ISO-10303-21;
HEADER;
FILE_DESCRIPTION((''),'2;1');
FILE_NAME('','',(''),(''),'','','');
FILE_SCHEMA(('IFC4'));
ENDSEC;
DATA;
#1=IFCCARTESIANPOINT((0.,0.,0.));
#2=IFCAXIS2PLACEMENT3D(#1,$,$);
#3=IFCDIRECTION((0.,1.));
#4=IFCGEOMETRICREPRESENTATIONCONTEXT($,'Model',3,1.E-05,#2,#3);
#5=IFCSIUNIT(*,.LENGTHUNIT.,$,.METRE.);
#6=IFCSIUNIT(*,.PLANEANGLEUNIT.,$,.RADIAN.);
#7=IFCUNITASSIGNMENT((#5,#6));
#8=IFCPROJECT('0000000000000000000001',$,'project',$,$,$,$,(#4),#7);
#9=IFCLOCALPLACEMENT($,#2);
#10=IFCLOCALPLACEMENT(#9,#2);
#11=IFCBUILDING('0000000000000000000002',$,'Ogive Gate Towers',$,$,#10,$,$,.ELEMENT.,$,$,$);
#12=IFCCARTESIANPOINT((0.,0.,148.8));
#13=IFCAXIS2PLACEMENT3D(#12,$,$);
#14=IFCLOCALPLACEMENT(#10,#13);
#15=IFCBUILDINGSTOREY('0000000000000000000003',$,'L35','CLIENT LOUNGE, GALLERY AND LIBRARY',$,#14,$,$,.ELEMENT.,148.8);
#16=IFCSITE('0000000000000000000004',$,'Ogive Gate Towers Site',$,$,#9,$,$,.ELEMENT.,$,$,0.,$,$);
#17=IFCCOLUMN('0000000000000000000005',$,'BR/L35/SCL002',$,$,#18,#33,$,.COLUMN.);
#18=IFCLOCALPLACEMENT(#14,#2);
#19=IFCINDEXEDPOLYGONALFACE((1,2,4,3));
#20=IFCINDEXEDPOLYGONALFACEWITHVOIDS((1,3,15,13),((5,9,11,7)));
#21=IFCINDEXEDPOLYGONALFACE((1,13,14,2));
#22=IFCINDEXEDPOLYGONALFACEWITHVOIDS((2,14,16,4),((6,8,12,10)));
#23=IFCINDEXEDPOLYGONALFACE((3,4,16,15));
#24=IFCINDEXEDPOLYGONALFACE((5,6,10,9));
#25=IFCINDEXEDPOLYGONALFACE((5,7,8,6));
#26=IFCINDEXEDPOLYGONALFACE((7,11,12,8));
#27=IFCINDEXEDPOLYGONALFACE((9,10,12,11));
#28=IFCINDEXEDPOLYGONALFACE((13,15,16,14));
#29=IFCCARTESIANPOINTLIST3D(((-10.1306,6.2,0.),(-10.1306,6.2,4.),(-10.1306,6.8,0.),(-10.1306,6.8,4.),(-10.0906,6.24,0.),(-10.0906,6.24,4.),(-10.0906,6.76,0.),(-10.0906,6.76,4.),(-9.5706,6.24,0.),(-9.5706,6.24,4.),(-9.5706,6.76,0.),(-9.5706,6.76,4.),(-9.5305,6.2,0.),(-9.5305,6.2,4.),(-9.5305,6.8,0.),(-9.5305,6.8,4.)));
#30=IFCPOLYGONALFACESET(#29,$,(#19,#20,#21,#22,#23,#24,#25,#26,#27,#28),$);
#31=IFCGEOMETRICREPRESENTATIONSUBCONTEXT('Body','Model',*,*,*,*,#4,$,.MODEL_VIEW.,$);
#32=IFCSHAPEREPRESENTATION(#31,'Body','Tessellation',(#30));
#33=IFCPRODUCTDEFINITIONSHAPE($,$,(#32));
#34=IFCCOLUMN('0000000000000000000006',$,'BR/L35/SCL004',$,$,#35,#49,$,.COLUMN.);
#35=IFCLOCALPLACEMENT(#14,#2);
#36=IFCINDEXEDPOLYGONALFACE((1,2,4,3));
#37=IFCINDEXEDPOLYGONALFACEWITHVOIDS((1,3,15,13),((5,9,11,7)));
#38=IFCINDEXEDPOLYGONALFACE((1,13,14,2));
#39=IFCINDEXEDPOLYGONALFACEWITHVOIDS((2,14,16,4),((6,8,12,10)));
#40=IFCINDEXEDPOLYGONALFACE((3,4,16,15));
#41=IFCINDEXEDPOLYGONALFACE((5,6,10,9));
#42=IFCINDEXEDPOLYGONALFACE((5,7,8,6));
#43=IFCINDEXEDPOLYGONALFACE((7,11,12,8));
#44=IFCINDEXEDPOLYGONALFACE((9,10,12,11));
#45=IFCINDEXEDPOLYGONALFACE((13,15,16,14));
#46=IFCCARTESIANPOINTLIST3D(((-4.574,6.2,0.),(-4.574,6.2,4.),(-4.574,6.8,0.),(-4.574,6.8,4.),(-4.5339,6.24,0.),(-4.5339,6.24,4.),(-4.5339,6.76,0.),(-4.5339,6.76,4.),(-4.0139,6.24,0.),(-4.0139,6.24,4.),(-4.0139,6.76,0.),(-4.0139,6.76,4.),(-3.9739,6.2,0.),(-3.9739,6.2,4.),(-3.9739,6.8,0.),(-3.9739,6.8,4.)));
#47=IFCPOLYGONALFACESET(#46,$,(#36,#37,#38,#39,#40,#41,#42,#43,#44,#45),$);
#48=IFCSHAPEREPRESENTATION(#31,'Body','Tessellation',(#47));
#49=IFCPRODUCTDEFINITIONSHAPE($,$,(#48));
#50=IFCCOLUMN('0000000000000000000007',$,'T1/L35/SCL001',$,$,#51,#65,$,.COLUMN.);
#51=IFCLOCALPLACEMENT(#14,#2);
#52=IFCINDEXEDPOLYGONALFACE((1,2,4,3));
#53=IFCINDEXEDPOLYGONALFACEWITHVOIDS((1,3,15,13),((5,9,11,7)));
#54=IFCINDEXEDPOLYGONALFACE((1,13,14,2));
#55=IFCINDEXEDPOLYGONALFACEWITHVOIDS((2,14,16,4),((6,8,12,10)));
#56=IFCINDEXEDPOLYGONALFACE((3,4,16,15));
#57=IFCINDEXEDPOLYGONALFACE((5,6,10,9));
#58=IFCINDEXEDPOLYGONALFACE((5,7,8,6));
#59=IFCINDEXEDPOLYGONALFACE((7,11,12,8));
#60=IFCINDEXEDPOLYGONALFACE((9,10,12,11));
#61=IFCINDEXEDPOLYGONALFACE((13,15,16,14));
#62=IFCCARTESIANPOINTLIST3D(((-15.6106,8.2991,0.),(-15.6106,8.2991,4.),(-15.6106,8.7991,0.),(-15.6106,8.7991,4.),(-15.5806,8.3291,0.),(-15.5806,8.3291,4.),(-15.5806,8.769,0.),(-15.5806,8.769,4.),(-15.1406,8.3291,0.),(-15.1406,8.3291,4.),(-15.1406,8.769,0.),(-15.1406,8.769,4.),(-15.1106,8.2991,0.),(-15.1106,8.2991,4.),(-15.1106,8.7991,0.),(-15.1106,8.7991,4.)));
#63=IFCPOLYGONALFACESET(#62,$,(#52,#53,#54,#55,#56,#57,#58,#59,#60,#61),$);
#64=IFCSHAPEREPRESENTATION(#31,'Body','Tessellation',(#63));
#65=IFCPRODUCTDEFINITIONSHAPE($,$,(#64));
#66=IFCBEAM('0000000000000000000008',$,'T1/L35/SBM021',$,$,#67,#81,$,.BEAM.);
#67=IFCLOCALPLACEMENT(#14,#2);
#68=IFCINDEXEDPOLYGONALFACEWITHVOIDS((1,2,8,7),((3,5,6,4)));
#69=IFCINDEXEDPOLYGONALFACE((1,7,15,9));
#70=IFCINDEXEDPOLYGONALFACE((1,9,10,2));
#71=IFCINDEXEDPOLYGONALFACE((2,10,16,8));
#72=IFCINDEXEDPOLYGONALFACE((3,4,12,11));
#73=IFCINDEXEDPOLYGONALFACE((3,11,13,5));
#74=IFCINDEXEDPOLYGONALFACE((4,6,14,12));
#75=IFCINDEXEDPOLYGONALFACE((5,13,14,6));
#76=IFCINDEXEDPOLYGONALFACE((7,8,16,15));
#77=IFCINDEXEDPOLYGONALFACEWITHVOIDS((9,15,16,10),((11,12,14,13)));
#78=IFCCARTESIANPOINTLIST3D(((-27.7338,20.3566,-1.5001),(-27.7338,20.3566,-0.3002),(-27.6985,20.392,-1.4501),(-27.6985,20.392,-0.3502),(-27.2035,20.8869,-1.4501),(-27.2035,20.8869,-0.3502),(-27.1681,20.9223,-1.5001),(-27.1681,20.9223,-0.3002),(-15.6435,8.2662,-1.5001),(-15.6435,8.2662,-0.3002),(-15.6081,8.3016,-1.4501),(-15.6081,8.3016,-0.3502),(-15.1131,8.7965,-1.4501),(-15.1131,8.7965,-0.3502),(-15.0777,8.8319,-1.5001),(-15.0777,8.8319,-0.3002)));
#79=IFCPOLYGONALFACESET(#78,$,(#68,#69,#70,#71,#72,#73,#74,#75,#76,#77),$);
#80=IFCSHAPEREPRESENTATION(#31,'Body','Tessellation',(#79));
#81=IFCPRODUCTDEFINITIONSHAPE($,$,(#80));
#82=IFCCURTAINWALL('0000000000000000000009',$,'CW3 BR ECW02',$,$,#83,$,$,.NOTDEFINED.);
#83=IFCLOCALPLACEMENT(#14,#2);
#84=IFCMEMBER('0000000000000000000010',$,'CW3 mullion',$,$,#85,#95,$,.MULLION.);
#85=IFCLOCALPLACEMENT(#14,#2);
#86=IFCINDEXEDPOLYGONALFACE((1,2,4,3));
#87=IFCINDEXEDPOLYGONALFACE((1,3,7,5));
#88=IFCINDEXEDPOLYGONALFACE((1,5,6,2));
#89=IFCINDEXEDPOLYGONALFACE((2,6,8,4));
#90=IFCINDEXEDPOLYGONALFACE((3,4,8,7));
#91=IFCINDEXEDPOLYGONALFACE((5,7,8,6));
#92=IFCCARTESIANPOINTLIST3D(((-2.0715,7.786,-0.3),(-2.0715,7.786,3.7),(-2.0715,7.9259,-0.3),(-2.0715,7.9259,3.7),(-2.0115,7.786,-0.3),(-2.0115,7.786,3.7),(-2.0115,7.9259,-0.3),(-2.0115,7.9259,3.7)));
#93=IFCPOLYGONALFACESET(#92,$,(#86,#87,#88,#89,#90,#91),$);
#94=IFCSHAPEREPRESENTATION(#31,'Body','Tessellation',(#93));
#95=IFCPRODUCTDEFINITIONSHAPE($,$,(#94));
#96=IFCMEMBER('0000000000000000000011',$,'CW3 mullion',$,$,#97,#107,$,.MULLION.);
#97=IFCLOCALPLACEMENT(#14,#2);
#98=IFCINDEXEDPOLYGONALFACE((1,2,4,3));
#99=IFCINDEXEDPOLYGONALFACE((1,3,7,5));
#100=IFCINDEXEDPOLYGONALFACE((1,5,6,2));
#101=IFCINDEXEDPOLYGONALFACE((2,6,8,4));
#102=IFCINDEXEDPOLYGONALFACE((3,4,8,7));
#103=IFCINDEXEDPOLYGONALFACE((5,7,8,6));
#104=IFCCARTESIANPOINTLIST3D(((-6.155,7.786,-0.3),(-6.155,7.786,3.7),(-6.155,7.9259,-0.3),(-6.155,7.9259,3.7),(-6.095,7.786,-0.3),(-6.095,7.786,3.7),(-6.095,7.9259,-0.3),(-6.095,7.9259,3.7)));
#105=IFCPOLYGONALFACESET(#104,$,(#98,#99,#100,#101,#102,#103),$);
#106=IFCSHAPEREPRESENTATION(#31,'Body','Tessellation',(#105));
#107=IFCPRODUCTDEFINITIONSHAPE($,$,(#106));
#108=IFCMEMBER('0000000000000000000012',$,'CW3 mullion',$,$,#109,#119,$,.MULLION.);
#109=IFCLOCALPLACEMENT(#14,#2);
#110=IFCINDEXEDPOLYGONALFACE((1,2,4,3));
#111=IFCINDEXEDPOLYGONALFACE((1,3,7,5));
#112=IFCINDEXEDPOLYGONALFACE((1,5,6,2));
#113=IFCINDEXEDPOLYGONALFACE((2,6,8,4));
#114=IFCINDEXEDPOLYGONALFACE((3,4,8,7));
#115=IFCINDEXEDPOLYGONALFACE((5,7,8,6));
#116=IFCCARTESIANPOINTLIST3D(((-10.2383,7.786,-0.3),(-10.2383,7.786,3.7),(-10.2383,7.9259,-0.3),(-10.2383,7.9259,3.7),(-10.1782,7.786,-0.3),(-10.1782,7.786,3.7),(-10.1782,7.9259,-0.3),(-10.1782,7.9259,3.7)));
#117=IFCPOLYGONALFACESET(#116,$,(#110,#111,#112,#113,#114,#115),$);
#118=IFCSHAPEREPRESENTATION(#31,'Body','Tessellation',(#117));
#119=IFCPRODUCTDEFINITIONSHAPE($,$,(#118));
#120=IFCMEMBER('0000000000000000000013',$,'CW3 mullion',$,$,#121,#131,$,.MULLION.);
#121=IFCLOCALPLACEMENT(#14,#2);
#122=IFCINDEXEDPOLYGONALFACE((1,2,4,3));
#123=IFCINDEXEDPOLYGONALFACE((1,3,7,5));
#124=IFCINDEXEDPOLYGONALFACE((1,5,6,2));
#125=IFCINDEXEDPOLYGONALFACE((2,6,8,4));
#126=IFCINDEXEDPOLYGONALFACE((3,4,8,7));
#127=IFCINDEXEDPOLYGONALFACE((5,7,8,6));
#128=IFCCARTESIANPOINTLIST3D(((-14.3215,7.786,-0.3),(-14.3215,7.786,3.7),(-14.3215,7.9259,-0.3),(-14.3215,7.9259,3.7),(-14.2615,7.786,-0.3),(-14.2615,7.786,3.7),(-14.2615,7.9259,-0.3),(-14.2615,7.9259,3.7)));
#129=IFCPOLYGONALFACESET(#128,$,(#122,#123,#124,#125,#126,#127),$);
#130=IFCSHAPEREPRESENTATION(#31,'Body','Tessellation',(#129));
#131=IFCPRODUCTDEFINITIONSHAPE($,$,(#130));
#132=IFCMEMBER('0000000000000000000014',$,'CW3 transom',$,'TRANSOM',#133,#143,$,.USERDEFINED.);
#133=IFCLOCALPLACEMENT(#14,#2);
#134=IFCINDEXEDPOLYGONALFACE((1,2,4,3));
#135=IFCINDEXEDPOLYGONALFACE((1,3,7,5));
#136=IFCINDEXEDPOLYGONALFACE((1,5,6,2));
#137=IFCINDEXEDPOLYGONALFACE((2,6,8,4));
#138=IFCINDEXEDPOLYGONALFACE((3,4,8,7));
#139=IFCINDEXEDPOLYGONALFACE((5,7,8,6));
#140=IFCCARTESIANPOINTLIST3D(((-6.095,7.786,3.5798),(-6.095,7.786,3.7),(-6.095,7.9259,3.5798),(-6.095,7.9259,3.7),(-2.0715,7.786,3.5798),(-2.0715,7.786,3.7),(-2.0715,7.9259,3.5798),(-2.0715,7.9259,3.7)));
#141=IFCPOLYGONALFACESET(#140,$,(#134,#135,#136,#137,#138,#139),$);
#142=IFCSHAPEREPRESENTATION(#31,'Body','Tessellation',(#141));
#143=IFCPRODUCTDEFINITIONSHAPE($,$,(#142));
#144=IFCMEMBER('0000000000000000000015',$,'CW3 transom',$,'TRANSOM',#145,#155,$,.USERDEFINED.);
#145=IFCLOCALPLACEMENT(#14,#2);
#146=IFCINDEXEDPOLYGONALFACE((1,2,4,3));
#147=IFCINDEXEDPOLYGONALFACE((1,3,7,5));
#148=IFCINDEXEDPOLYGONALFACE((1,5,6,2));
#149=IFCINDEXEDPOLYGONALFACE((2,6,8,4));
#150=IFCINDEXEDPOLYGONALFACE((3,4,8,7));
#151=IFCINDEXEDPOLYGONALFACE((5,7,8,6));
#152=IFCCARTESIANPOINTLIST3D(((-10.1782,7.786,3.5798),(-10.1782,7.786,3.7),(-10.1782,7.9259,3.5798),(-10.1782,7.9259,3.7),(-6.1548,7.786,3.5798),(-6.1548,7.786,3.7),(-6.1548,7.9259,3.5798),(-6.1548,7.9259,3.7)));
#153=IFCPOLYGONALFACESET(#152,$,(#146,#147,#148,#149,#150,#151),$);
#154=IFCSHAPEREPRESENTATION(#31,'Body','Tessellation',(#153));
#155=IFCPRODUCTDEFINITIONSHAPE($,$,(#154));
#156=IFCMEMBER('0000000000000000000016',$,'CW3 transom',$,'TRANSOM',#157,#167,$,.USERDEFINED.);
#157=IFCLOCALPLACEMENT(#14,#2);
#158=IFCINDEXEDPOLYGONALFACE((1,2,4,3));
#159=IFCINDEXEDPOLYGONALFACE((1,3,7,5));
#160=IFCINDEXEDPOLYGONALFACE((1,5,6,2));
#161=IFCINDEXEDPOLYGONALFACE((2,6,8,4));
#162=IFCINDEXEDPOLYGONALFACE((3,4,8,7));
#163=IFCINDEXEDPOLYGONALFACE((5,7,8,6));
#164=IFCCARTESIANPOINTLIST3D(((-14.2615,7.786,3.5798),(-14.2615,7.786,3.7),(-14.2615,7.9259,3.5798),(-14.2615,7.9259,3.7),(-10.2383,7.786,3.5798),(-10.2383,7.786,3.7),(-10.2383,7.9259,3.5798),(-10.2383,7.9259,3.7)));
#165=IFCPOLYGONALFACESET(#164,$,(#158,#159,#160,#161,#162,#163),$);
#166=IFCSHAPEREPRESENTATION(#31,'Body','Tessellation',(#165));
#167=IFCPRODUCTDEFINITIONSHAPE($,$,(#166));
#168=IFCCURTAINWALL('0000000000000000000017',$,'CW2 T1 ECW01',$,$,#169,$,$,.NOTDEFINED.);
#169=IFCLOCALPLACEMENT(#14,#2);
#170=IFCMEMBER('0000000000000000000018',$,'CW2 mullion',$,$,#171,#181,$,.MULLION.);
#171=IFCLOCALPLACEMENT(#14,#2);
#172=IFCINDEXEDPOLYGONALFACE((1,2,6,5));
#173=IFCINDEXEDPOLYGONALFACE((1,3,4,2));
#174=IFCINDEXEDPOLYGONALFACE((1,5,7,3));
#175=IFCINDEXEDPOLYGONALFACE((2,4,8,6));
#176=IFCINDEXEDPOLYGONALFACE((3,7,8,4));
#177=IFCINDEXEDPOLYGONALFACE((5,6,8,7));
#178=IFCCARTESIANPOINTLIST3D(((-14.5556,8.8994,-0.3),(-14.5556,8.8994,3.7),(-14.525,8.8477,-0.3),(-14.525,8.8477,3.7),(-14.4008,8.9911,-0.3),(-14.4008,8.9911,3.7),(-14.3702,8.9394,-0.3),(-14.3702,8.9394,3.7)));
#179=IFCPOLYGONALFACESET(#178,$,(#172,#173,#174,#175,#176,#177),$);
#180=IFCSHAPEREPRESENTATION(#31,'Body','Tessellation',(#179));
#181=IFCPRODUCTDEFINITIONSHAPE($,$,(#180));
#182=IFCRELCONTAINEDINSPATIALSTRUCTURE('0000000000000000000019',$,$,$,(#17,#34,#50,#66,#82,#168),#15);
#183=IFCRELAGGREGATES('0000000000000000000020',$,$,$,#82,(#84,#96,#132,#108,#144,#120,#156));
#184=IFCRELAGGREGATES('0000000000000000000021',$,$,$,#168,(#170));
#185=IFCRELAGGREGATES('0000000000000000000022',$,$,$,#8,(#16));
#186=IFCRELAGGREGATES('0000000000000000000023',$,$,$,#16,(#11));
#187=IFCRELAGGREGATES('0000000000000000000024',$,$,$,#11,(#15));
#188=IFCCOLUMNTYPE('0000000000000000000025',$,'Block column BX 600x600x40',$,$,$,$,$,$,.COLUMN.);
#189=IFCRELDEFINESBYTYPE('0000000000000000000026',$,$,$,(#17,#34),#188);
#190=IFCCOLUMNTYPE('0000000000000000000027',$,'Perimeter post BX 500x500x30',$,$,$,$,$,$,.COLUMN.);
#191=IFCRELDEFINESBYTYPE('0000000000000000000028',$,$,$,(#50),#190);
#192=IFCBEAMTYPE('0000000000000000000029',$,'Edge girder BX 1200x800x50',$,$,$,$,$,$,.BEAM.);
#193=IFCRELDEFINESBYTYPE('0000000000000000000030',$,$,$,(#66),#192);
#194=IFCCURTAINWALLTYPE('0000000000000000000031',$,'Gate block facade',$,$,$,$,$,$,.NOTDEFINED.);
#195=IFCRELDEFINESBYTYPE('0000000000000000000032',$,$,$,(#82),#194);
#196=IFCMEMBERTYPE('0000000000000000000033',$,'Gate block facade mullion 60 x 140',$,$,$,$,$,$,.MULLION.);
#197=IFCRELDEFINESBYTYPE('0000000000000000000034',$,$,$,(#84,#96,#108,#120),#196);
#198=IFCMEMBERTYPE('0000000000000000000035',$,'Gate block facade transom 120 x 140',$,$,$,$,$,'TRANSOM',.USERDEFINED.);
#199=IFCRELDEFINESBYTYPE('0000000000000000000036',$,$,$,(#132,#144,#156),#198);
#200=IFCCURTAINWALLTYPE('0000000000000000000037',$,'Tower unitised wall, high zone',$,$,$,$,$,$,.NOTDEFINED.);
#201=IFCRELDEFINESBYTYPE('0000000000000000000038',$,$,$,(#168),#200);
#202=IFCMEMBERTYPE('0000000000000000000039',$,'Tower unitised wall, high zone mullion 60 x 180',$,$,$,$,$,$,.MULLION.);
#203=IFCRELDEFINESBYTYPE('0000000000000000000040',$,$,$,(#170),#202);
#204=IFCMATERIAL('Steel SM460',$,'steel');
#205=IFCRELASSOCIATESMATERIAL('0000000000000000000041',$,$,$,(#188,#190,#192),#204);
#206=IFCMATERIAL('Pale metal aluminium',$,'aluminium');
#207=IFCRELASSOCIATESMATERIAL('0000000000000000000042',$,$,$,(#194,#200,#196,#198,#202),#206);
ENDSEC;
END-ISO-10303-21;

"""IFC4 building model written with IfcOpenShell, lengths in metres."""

from ifc_helpers import new_model, si_unit, direction, frame, origin, origin_2d, place, context, subcontext, project, spatial, rectangle, hollow_rectangle, extrude, material, material_profile, profile_set, type_object, element, aggregate, save


model = new_model("IFC4")

# Units and contexts
model_context = context("Model", 3, precision=1e-05, world=origin(), true_north=direction((0.0, 1.0)))
body_context = subcontext(model_context, "Body", "Model", "MODEL_VIEW")
ifc_project = project(units=[si_unit("LENGTHUNIT", "METRE"), si_unit("PLANEANGLEUNIT", "RADIAN")], contexts=[model_context])

# Site, building, storey
site_placement = place(None, origin())
site = spatial("IfcSite", under=ifc_project, at=site_placement, Name="Ogive Gate Towers Site", CompositionType="ELEMENT", RefElevation=0.0)
building_placement = place(site_placement, origin())
building = spatial("IfcBuilding", under=site, at=building_placement, Name="Ogive Gate Towers", CompositionType="ELEMENT")
storey_placement = place(building_placement, frame((0.0, 0.0, 148.8)))
storey = spatial("IfcBuildingStorey", under=building, at=storey_placement, Name="L35", Description="CLIENT LOUNGE, GALLERY AND LIBRARY", CompositionType="ELEMENT", Elevation=148.8)

# Columns
ifc_material_1 = material(Name="Steel SM460", Category="steel")
ifc_material_profile_1 = material_profile(ifc_material_1, hollow_rectangle(XDim=0.6001, YDim=0.6001, WallThickness=0.04, at=origin_2d()), Name="BX 600x600x40")
ifc_profile_set_1 = profile_set([ifc_material_profile_1], Name="Steel SM460")
column_type_1 = type_object("IfcColumnType", Name="Block column BX 600x600x40", PredefinedType="COLUMN", material=ifc_profile_set_1)
for number, where, z_axis, x_axis, name in (
    (1, (-9.8306, 6.5, 0.0), (0.0, 0.0, 1.0), (1.0, 0.0, 0.0), "BR/L35/SCL002"),
    (2, (-4.2739, 6.5, 0.0), (0.0, 0.0, 1.0), (1.0, 0.0, 0.0), "BR/L35/SCL004"),
):
    element("IfcColumn", number, at=place(storey_placement, frame(where, z_axis=z_axis, x_axis=x_axis)), inside=storey, type_object=column_type_1, Name=name, PredefinedType="COLUMN", context=body_context, shape_type="SweptSolid", body=[
        extrude(hollow_rectangle(XDim=0.6001, YDim=0.6001, WallThickness=0.04, at=origin_2d()), origin(), (0.0, 0.0, 1.0), 4.0),
    ])
ifc_material_profile_2 = material_profile(ifc_material_1, hollow_rectangle(XDim=0.5, YDim=0.5, WallThickness=0.03, at=origin_2d()), Name="BX 500x500x30")
ifc_profile_set_2 = profile_set([ifc_material_profile_2], Name="Steel SM460")
column_type_2 = type_object("IfcColumnType", Name="Perimeter post BX 500x500x30", PredefinedType="COLUMN", material=ifc_profile_set_2)
column_placement = place(storey_placement, frame((-15.3606, 8.5491, 0.0), z_axis=(0.0, 0.0, 1.0), x_axis=(1.0, 0.0, 0.0)))
element("IfcColumn", 3, at=column_placement, inside=storey, type_object=column_type_2, Name="T1/L35/SCL001", PredefinedType="COLUMN", context=body_context, shape_type="SweptSolid", body=[
    extrude(hollow_rectangle(XDim=0.5, YDim=0.5, WallThickness=0.03, at=origin_2d()), origin(), (0.0, 0.0, 1.0), 4.0),
])

# Beam
ifc_material_profile_3 = material_profile(ifc_material_1, hollow_rectangle(XDim=0.8, YDim=1.2, WallThickness=0.05, at=origin_2d()), Name="BX 1200x800x50")
ifc_profile_set_3 = profile_set([ifc_material_profile_3], Name="Steel SM460")
beam_type = type_object("IfcBeamType", Name="Edge girder BX 1200x800x50", PredefinedType="BEAM", material=ifc_profile_set_3)
beam_placement = place(storey_placement, frame((-15.3606, 8.5491, -0.9001), z_axis=(-0.707107, 0.707107, 0.0), x_axis=(-0.707107, -0.707107, 0.0)))
element("IfcBeam", 4, at=beam_placement, inside=storey, type_object=beam_type, Name="T1/L35/SBM021", PredefinedType="BEAM", context=body_context, shape_type="SweptSolid", body=[
    extrude(hollow_rectangle(XDim=0.8, YDim=1.2, WallThickness=0.05, at=origin_2d()), origin(), (0.0, 0.0, 1.0), 17.0984),
])

# Curtain walls, members
ifc_material_2 = material(Name="Pale metal aluminium", Category="aluminium")
curtain_wall_type_1 = type_object("IfcCurtainWallType", Name="Gate block facade", PredefinedType="NOTDEFINED", material=ifc_material_2)
curtain_wall_1_placement = place(storey_placement, origin())
curtain_wall_1 = element("IfcCurtainWall", 5, at=curtain_wall_1_placement, inside=storey, type_object=curtain_wall_type_1, Name="CW3 BR ECW02", PredefinedType="NOTDEFINED")
ifc_material_profile_4 = material_profile(ifc_material_2, rectangle(XDim=0.1399, YDim=0.0601, at=origin_2d()), Name="60 x 140 aluminium box")
ifc_profile_set_4 = profile_set([ifc_material_profile_4], Name="Pale metal aluminium")
member_type_1 = type_object("IfcMemberType", Name="Gate block facade mullion 60 x 140", PredefinedType="MULLION", material=ifc_profile_set_4)
member_1_placement = place(storey_placement, frame((-2.0415, 7.856, -0.3), z_axis=(0.0, 0.0, 1.0), x_axis=(0.0, 1.0, 0.0)))
member_1 = element("IfcMember", 6, at=member_1_placement, type_object=member_type_1, Name="CW3 mullion", PredefinedType="MULLION", context=body_context, shape_type="SweptSolid", body=[
    extrude(rectangle(XDim=0.1399, YDim=0.0601, at=origin_2d()), origin(), (0.0, 0.0, 1.0), 4.0),
])
member_2_placement = place(storey_placement, frame((-6.125, 7.856, -0.3), z_axis=(0.0, 0.0, 1.0), x_axis=(0.0, 1.0, 0.0)))
member_2 = element("IfcMember", 7, at=member_2_placement, type_object=member_type_1, Name="CW3 mullion", PredefinedType="MULLION", context=body_context, shape_type="SweptSolid", body=[
    extrude(rectangle(XDim=0.1399, YDim=0.0601, at=origin_2d()), origin(), (0.0, 0.0, 1.0), 4.0),
])
member_3_placement = place(storey_placement, frame((-10.2083, 7.856, -0.3), z_axis=(0.0, 0.0, 1.0), x_axis=(0.0, 1.0, 0.0)))
member_3 = element("IfcMember", 8, at=member_3_placement, type_object=member_type_1, Name="CW3 mullion", PredefinedType="MULLION", context=body_context, shape_type="SweptSolid", body=[
    extrude(rectangle(XDim=0.1399, YDim=0.0601, at=origin_2d()), origin(), (0.0, 0.0, 1.0), 4.0),
])
member_4_placement = place(storey_placement, frame((-14.2915, 7.856, -0.3), z_axis=(0.0, 0.0, 1.0), x_axis=(0.0, 1.0, 0.0)))
member_4 = element("IfcMember", 9, at=member_4_placement, type_object=member_type_1, Name="CW3 mullion", PredefinedType="MULLION", context=body_context, shape_type="SweptSolid", body=[
    extrude(rectangle(XDim=0.1399, YDim=0.0601, at=origin_2d()), origin(), (0.0, 0.0, 1.0), 4.0),
])
ifc_material_profile_5 = material_profile(ifc_material_2, rectangle(XDim=0.1399, YDim=0.1201, at=origin_2d()), Name="120 x 140 aluminium box")
ifc_profile_set_5 = profile_set([ifc_material_profile_5], Name="Pale metal aluminium")
member_type_2 = type_object("IfcMemberType", Name="Gate block facade transom 120 x 140", ElementType="TRANSOM", PredefinedType="USERDEFINED", material=ifc_profile_set_5)
member_5_placement = place(storey_placement, frame((-2.0715, 7.856, 3.6399), z_axis=(-1.0, 0.0, 0.0), x_axis=(0.0, -1.0, 0.0)))
member_5 = element("IfcMember", 10, at=member_5_placement, type_object=member_type_2, Name="CW3 transom", ObjectType="TRANSOM", PredefinedType="USERDEFINED", context=body_context, shape_type="SweptSolid", body=[
    extrude(rectangle(XDim=0.1399, YDim=0.1201, at=origin_2d()), origin(), (0.0, 0.0, 1.0), 4.0234),
])
member_6_placement = place(storey_placement, frame((-6.1548, 7.856, 3.6399), z_axis=(-1.0, 0.0, 0.0), x_axis=(0.0, -1.0, 0.0)))
member_6 = element("IfcMember", 11, at=member_6_placement, type_object=member_type_2, Name="CW3 transom", ObjectType="TRANSOM", PredefinedType="USERDEFINED", context=body_context, shape_type="SweptSolid", body=[
    extrude(rectangle(XDim=0.1399, YDim=0.1201, at=origin_2d()), origin(), (0.0, 0.0, 1.0), 4.0234),
])
member_7_placement = place(storey_placement, frame((-10.2383, 7.856, 3.6399), z_axis=(-1.0, 0.0, 0.0), x_axis=(0.0, -1.0, 0.0)))
member_7 = element("IfcMember", 12, at=member_7_placement, type_object=member_type_2, Name="CW3 transom", ObjectType="TRANSOM", PredefinedType="USERDEFINED", context=body_context, shape_type="SweptSolid", body=[
    extrude(rectangle(XDim=0.1399, YDim=0.1201, at=origin_2d()), origin(), (0.0, 0.0, 1.0), 4.0232),
])
curtain_wall_type_2 = type_object("IfcCurtainWallType", Name="Tower unitised wall, high zone", PredefinedType="NOTDEFINED", material=ifc_material_2)
curtain_wall_2_placement = place(storey_placement, origin())
curtain_wall_2 = element("IfcCurtainWall", 13, at=curtain_wall_2_placement, inside=storey, type_object=curtain_wall_type_2, Name="CW2 T1 ECW01", PredefinedType="NOTDEFINED")
ifc_material_profile_6 = material_profile(ifc_material_2, rectangle(XDim=0.1799, YDim=0.0601, at=origin_2d()), Name="60 x 180 aluminium box")
ifc_profile_set_6 = profile_set([ifc_material_profile_6], Name="Pale metal aluminium")
member_type_3 = type_object("IfcMemberType", Name="Tower unitised wall, high zone mullion 60 x 180", PredefinedType="MULLION", material=ifc_profile_set_6)
member_8_placement = place(storey_placement, frame((-14.4629, 8.9194, -0.3), z_axis=(0.0, 0.0, 1.0), x_axis=(0.860386, 0.509642, 0.0)))
member_8 = element("IfcMember", 14, at=member_8_placement, type_object=member_type_3, Name="CW2 mullion", PredefinedType="MULLION", context=body_context, shape_type="SweptSolid", body=[
    extrude(rectangle(XDim=0.1799, YDim=0.0601, at=origin_2d()), origin(), (0.0, 0.0, 1.0), 4.0),
])

aggregate(curtain_wall_1, [member_1, member_2, member_5, member_3, member_6, member_4, member_7])
aggregate(curtain_wall_2, [member_8])

save(model, "model.ifc")
